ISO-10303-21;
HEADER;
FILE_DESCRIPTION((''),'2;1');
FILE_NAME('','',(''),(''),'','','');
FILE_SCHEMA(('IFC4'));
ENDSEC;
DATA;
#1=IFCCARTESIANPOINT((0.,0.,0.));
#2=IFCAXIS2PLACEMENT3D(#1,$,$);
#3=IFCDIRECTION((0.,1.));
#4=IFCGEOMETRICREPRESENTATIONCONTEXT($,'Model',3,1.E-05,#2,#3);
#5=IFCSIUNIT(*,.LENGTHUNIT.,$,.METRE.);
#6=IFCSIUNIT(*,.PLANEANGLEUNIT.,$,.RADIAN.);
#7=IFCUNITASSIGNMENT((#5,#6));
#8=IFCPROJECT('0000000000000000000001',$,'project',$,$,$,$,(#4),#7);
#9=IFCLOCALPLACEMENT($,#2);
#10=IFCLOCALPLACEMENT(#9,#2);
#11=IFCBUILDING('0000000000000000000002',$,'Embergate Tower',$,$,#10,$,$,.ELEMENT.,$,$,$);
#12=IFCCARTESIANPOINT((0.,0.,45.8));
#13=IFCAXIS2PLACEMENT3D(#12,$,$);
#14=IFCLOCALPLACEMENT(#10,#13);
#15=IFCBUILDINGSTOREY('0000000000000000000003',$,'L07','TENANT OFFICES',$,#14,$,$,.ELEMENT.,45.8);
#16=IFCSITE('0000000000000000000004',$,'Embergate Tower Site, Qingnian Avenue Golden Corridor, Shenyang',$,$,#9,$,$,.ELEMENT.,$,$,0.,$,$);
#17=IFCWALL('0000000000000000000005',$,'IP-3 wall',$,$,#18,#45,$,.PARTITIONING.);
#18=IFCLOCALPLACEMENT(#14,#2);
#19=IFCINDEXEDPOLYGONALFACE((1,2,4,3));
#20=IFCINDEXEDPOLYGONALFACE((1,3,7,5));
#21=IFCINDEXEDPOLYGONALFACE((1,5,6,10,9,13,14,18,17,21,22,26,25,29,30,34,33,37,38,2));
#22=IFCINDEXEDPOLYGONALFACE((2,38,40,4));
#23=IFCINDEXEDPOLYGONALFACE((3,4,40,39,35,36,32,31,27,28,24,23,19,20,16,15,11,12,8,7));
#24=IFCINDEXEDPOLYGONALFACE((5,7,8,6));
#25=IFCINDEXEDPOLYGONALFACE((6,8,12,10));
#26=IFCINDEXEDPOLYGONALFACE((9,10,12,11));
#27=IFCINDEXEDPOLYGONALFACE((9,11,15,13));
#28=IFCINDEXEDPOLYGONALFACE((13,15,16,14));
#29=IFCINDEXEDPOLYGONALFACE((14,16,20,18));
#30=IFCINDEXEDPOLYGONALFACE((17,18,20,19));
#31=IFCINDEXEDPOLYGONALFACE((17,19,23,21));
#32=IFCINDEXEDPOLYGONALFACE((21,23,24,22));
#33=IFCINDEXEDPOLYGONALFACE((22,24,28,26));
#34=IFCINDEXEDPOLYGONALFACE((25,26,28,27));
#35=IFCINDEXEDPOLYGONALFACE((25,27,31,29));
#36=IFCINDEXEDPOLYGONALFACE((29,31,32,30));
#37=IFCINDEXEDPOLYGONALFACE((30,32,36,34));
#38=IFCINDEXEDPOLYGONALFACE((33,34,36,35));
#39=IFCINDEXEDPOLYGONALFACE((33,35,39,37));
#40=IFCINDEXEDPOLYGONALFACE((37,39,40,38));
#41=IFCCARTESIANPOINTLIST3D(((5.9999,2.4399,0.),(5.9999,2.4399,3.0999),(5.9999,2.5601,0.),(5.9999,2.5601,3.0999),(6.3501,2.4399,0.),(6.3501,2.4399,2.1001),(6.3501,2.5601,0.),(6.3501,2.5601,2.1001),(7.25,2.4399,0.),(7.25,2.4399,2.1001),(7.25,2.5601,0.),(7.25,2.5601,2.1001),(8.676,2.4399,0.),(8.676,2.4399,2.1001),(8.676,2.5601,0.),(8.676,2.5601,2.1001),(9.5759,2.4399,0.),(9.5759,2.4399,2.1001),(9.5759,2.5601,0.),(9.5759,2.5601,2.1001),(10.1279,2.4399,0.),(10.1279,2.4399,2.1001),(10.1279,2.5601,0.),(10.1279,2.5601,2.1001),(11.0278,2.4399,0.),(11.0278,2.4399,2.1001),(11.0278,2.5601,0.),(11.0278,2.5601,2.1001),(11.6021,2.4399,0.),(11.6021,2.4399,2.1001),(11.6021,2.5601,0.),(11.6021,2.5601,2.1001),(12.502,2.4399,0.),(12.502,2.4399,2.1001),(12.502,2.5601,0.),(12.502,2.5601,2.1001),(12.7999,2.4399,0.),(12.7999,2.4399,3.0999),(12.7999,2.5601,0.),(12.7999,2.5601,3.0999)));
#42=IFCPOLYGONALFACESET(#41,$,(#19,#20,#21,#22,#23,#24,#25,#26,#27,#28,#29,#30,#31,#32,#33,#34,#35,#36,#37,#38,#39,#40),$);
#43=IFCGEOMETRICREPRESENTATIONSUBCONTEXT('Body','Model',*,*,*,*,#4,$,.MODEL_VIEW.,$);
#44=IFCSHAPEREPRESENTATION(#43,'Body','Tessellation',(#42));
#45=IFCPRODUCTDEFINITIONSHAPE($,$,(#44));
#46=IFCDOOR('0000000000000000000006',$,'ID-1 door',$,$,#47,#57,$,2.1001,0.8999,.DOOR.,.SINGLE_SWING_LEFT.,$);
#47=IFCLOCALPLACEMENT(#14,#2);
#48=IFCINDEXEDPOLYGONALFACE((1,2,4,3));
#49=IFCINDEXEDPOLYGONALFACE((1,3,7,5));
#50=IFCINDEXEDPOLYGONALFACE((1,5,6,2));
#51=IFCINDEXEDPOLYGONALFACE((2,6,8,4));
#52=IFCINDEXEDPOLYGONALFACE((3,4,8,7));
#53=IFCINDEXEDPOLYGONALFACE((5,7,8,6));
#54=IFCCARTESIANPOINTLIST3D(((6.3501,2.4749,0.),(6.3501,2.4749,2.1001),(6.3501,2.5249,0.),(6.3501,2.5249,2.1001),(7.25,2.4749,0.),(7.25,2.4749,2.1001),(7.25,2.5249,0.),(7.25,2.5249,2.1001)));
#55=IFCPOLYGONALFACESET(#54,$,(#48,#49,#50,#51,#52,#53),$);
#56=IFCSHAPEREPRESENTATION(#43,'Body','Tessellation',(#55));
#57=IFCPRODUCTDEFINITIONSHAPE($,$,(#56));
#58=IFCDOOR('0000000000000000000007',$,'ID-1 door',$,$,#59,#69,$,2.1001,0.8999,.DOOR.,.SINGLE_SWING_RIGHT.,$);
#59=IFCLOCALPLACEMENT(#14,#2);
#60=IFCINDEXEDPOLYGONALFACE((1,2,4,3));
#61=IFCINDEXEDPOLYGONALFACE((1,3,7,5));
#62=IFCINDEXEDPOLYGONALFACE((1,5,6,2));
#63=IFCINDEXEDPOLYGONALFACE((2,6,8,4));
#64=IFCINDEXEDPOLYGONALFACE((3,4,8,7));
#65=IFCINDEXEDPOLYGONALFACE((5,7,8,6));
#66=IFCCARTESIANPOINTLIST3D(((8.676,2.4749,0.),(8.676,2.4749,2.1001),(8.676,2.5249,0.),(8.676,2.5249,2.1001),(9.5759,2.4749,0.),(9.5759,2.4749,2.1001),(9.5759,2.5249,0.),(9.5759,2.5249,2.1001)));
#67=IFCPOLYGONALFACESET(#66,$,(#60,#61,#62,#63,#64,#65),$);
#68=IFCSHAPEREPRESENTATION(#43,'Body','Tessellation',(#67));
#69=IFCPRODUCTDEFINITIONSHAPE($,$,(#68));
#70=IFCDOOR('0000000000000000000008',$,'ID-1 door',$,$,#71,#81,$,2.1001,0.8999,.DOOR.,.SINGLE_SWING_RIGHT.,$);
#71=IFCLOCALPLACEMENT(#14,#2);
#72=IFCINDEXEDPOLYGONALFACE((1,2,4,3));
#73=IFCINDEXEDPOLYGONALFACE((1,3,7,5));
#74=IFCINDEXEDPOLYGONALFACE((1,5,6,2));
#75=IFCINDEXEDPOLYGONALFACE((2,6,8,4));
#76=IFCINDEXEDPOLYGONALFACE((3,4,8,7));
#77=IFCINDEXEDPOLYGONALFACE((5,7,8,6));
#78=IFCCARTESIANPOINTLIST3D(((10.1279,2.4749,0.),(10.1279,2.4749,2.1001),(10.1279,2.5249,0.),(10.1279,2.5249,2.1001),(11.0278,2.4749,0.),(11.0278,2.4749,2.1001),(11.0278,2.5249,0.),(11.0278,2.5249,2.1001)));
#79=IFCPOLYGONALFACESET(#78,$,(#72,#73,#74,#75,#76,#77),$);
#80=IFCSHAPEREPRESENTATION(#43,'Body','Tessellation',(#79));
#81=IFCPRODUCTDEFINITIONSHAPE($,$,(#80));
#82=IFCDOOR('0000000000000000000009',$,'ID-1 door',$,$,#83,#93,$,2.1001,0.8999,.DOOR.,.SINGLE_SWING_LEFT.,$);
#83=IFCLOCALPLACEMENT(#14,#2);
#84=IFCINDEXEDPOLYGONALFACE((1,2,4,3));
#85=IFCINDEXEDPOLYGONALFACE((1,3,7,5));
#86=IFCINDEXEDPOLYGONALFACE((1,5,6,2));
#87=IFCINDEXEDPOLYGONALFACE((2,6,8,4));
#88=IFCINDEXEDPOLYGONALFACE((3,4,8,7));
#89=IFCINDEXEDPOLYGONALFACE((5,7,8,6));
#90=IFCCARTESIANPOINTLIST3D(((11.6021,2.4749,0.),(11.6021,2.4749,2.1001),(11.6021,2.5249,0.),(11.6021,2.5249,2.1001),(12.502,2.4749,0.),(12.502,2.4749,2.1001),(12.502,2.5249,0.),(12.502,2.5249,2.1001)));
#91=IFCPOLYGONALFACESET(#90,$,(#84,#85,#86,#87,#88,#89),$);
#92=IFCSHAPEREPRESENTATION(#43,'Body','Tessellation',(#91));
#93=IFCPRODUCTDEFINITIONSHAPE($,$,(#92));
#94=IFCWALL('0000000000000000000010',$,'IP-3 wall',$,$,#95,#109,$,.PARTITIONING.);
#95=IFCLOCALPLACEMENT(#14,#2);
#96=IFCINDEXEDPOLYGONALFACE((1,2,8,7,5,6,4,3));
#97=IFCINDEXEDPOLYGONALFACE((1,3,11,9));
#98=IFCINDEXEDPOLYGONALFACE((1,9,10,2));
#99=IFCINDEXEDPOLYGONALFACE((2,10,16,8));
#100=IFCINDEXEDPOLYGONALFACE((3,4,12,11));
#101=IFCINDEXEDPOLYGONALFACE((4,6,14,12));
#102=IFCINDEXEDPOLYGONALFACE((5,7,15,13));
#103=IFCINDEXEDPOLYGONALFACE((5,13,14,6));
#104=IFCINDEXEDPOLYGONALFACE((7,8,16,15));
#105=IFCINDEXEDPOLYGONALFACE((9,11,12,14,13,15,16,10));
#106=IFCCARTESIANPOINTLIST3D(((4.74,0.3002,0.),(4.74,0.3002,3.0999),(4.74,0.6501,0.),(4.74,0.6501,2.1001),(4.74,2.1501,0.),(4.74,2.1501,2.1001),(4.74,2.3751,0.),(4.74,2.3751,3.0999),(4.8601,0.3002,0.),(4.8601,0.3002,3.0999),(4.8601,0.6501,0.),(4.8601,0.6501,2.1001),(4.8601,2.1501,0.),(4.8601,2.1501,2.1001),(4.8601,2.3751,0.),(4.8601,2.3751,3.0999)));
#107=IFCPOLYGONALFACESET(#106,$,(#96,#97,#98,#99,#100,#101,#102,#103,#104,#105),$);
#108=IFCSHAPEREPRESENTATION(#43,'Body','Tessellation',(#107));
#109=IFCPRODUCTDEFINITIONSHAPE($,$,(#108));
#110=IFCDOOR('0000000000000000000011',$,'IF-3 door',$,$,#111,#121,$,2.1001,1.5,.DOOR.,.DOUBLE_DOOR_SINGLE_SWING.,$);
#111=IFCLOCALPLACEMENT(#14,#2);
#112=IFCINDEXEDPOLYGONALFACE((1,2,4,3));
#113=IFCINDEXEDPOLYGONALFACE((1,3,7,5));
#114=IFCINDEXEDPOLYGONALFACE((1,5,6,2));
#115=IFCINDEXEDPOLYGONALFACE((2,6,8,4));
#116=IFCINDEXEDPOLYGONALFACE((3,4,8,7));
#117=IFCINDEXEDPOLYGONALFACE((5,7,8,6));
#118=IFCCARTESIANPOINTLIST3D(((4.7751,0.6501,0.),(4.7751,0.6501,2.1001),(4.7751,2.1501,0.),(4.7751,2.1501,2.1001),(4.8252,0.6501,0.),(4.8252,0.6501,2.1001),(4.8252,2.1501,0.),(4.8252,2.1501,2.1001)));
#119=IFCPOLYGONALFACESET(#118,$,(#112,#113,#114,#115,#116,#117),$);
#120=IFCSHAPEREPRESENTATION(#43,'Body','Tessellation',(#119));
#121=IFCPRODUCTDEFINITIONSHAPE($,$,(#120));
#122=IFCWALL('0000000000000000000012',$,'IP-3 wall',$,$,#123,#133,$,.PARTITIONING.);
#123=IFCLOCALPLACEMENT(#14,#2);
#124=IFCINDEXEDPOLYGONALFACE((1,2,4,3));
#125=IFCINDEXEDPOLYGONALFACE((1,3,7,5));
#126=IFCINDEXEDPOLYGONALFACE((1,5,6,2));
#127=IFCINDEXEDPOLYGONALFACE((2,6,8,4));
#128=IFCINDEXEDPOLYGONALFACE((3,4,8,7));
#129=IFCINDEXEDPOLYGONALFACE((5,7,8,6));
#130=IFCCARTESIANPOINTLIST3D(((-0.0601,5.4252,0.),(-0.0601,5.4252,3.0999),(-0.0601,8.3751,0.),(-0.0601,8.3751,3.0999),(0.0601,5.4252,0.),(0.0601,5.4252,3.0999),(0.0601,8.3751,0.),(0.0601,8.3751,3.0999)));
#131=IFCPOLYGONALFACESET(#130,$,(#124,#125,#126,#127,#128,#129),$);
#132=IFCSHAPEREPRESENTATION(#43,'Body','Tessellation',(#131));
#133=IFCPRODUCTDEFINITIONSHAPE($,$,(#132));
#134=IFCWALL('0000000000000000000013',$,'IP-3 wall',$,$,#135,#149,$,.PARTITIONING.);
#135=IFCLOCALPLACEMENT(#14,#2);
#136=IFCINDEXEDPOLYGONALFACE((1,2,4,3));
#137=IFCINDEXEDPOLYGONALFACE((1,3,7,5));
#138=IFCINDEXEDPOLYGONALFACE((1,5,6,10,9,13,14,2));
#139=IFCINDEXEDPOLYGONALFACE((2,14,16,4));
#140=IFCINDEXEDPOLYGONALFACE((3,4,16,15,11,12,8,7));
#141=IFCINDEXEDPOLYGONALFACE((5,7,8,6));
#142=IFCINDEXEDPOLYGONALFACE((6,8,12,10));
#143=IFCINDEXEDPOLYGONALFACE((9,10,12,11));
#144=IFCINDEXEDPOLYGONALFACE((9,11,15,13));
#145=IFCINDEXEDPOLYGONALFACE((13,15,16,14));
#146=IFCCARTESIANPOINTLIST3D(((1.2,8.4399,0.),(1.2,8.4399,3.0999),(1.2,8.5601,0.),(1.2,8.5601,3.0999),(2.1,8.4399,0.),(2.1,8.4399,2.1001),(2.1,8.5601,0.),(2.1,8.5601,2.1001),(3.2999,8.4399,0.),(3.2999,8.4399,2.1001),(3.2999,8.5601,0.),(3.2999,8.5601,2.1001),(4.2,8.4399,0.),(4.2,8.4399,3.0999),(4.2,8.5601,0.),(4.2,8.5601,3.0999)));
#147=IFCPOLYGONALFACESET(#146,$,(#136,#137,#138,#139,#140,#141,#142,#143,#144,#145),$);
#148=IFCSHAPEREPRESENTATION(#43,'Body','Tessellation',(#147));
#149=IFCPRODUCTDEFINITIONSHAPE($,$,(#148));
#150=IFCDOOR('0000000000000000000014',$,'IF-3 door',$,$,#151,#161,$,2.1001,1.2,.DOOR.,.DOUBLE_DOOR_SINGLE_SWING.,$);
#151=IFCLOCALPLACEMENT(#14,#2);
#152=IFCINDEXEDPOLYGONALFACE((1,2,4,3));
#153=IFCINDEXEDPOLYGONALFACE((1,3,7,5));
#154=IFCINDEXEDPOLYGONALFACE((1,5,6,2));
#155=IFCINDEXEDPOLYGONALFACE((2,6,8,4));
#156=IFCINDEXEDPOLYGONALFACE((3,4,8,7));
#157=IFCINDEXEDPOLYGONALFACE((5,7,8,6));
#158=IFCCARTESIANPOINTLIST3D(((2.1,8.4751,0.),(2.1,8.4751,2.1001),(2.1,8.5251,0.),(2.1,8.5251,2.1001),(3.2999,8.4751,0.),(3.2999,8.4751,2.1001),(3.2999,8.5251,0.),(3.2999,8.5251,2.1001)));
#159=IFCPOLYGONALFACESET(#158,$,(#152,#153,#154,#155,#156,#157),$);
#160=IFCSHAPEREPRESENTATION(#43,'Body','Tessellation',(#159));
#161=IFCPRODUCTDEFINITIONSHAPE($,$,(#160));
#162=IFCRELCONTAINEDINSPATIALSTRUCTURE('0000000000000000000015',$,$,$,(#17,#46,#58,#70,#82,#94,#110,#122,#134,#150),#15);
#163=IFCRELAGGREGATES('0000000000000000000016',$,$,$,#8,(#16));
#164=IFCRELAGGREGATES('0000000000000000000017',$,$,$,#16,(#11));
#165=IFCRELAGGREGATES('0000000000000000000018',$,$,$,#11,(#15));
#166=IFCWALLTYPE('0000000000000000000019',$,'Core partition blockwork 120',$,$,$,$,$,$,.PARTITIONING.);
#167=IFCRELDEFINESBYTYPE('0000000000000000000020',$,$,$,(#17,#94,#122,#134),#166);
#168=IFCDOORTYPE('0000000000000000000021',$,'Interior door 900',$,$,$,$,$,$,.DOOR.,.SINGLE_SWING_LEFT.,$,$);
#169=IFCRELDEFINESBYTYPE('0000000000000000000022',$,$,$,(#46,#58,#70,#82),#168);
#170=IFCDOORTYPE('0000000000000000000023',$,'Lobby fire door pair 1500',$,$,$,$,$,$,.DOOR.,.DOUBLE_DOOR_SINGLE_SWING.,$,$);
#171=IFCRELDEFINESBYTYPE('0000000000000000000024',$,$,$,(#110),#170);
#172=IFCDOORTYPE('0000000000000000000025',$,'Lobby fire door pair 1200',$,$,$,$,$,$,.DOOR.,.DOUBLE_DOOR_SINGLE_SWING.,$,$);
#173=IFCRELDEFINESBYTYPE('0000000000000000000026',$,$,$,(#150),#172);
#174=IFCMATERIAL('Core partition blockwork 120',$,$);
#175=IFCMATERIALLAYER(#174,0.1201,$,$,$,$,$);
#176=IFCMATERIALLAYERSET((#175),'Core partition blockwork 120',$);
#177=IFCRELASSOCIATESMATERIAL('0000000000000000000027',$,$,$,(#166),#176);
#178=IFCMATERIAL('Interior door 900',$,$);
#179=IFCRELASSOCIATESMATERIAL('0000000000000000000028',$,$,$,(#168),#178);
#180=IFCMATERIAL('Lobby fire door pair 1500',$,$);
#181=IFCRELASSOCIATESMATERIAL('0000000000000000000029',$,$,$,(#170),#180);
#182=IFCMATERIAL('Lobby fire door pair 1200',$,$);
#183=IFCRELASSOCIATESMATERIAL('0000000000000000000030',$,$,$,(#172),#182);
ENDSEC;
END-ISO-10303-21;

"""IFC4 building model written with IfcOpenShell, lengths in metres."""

from ifc_helpers import new_model, si_unit, direction, frame, frame_2d, origin, place, context, subcontext, project, spatial, rectangle, extrude, source, transform, mapped, material, layer, layer_set, type_object, element, fill, save


model = new_model("IFC4")

# Units and contexts
model_context = context("Model", 3, precision=1e-05, world=origin(), true_north=direction((0.0, 1.0)))
body_context = subcontext(model_context, "Body", "Model", "MODEL_VIEW")
ifc_project = project(units=[si_unit("LENGTHUNIT", "METRE"), si_unit("PLANEANGLEUNIT", "RADIAN")], contexts=[model_context])

# Site, building, storey
site_placement = place(None, origin())
site = spatial("IfcSite", under=ifc_project, at=site_placement, Name="Embergate Tower Site, Qingnian Avenue Golden Corridor, Shenyang", CompositionType="ELEMENT", RefElevation=0.0)
building_placement = place(site_placement, origin())
building = spatial("IfcBuilding", under=site, at=building_placement, Name="Embergate Tower", CompositionType="ELEMENT")
storey_placement = place(building_placement, frame((0.0, 0.0, 45.8)))
storey = spatial("IfcBuildingStorey", under=building, at=storey_placement, Name="L07", Description="TENANT OFFICES", CompositionType="ELEMENT", Elevation=45.8)

# Shared definitions
shared_shape_1 = source(origin(), body_context, "Body", "SweptSolid", [
    extrude(rectangle(XDim=1.2, YDim=2.1001, at=frame_2d((0.6001, 1.05))), frame((0.0, 0.0249, 0.0), z_axis=(0.0, -1.0, 0.0), x_axis=(1.0, 0.0, 0.0)), (0.0, 0.0, 1.0), 0.05),
])

# Wall, openings, doors
ifc_material_1 = material(Name="Core partition blockwork 120")
ifc_layer_1 = layer(ifc_material_1, 0.1201)
ifc_layer_set_1 = layer_set([ifc_layer_1], Name="Core partition blockwork 120")
wall_type_1 = type_object("IfcWallType", Name="Core partition blockwork 120", PredefinedType="PARTITIONING", material=ifc_layer_set_1)
shared_shape_2 = source(origin(), body_context, "Body", "SweptSolid", [
    extrude(rectangle(XDim=6.8, YDim=0.1201, at=frame_2d((3.3999, 0.0))), origin(), (0.0, 0.0, 1.0), 3.0999),
])
wall_1_placement = place(storey_placement, frame((6.0, 2.5, 0.0), z_axis=(0.0, 0.0, 1.0), x_axis=(1.0, 0.0, 0.0)))
wall_1 = element("IfcWall", 1, at=wall_1_placement, inside=storey, type_object=wall_type_1, Name="IP-3 wall", PredefinedType="PARTITIONING", context=body_context, shape_type="MappedRepresentation", body=[
    mapped(shared_shape_2, transform((0.0, 0.0, 0.0))),
])
shared_shape_3 = source(origin(), body_context, "Body", "SweptSolid", [
    extrude(rectangle(XDim=0.8999, YDim=2.1001, at=frame_2d((0.45, 1.05))), frame((0.0, 0.0701, 0.0), z_axis=(0.0, -1.0, 0.0), x_axis=(1.0, 0.0, 0.0)), (0.0, 0.0, 1.0), 0.1401),
])
opening_1_placement = place(wall_1_placement, frame((0.3501, 0.0, 0.0)))
opening_1 = element("IfcOpeningElement", 2, at=opening_1_placement, cuts=wall_1, PredefinedType="OPENING", context=body_context, shape_type="MappedRepresentation", body=[
    mapped(shared_shape_3, transform((0.0, 0.0, 0.0))),
])
opening_2_placement = place(wall_1_placement, frame((2.676, 0.0, 0.0)))
opening_2 = element("IfcOpeningElement", 3, at=opening_2_placement, cuts=wall_1, PredefinedType="OPENING", context=body_context, shape_type="MappedRepresentation", body=[
    mapped(shared_shape_3, transform((0.0, 0.0, 0.0))),
])
opening_3_placement = place(wall_1_placement, frame((4.1279, 0.0, 0.0)))
opening_3 = element("IfcOpeningElement", 4, at=opening_3_placement, cuts=wall_1, PredefinedType="OPENING", context=body_context, shape_type="MappedRepresentation", body=[
    mapped(shared_shape_3, transform((0.0, 0.0, 0.0))),
])
opening_4_placement = place(wall_1_placement, frame((5.6021, 0.0, 0.0)))
opening_4 = element("IfcOpeningElement", 5, at=opening_4_placement, cuts=wall_1, PredefinedType="OPENING", context=body_context, shape_type="MappedRepresentation", body=[
    mapped(shared_shape_3, transform((0.0, 0.0, 0.0))),
])
ifc_material_2 = material(Name="Interior door 900")
door_type_1 = type_object("IfcDoorType", Name="Interior door 900", OperationType="SINGLE_SWING_LEFT", PredefinedType="DOOR", material=ifc_material_2)
shared_shape_4 = source(origin(), body_context, "Body", "SweptSolid", [
    extrude(rectangle(XDim=0.8999, YDim=2.1001, at=frame_2d((0.45, 1.05))), frame((0.0, 0.0249, 0.0), z_axis=(0.0, -1.0, 0.0), x_axis=(1.0, 0.0, 0.0)), (0.0, 0.0, 1.0), 0.05),
])
door_1_placement = place(opening_1_placement, origin())
door_1 = element("IfcDoor", 6, at=door_1_placement, inside=storey, type_object=door_type_1, Name="ID-1 door", OperationType="SINGLE_SWING_LEFT", OverallHeight=2.1001, OverallWidth=0.8999, PredefinedType="DOOR", context=body_context, shape_type="MappedRepresentation", body=[
    mapped(shared_shape_4, transform((0.0, 0.0, 0.0))),
])
fill(opening_1, door_1)
door_2_placement = place(opening_2_placement, origin())
door_2 = element("IfcDoor", 7, at=door_2_placement, inside=storey, type_object=door_type_1, Name="ID-1 door", OperationType="SINGLE_SWING_RIGHT", OverallHeight=2.1001, OverallWidth=0.8999, PredefinedType="DOOR", context=body_context, shape_type="MappedRepresentation", body=[
    mapped(shared_shape_4, transform((0.0, 0.0, 0.0))),
])
fill(opening_2, door_2)
door_3_placement = place(opening_3_placement, origin())
door_3 = element("IfcDoor", 8, at=door_3_placement, inside=storey, type_object=door_type_1, Name="ID-1 door", OperationType="SINGLE_SWING_RIGHT", OverallHeight=2.1001, OverallWidth=0.8999, PredefinedType="DOOR", context=body_context, shape_type="MappedRepresentation", body=[
    mapped(shared_shape_4, transform((0.0, 0.0, 0.0))),
])
fill(opening_3, door_3)
door_4_placement = place(opening_4_placement, origin())
door_4 = element("IfcDoor", 9, at=door_4_placement, inside=storey, type_object=door_type_1, Name="ID-1 door", OperationType="SINGLE_SWING_LEFT", OverallHeight=2.1001, OverallWidth=0.8999, PredefinedType="DOOR", context=body_context, shape_type="MappedRepresentation", body=[
    mapped(shared_shape_4, transform((0.0, 0.0, 0.0))),
])
fill(opening_4, door_4)

# Wall, opening, door
shared_shape_5 = source(origin(), body_context, "Body", "SweptSolid", [
    extrude(rectangle(XDim=2.075, YDim=0.1201, at=frame_2d((1.0376, 0.0))), origin(), (0.0, 0.0, 1.0), 3.0999),
])
wall_2_placement = place(storey_placement, frame((4.8, 0.3, 0.0), z_axis=(0.0, 0.0, 1.0), x_axis=(0.0, 1.0, 0.0)))
wall_2 = element("IfcWall", 10, at=wall_2_placement, inside=storey, type_object=wall_type_1, Name="IP-3 wall", PredefinedType="PARTITIONING", context=body_context, shape_type="MappedRepresentation", body=[
    mapped(shared_shape_5, transform((0.0, 0.0, 0.0))),
])
shared_shape_6 = source(origin(), body_context, "Body", "SweptSolid", [
    extrude(rectangle(XDim=1.5, YDim=2.1001, at=frame_2d((0.75, 1.05))), frame((0.0, 0.0701, 0.0), z_axis=(0.0, -1.0, 0.0), x_axis=(1.0, 0.0, 0.0)), (0.0, 0.0, 1.0), 0.1401),
])
opening_5_placement = place(wall_2_placement, frame((0.3501, 0.0, 0.0)))
opening_5 = element("IfcOpeningElement", 11, at=opening_5_placement, cuts=wall_2, PredefinedType="OPENING", context=body_context, shape_type="MappedRepresentation", body=[
    mapped(shared_shape_6, transform((0.0, 0.0, 0.0))),
])
ifc_material_3 = material(Name="Lobby fire door pair 1500")
door_type_2 = type_object("IfcDoorType", Name="Lobby fire door pair 1500", OperationType="DOUBLE_DOOR_SINGLE_SWING", PredefinedType="DOOR", material=ifc_material_3)
shared_shape_7 = source(origin(), body_context, "Body", "SweptSolid", [
    extrude(rectangle(XDim=1.5, YDim=2.1001, at=frame_2d((0.75, 1.05))), frame((0.0, 0.0249, 0.0), z_axis=(0.0, -1.0, 0.0), x_axis=(1.0, 0.0, 0.0)), (0.0, 0.0, 1.0), 0.05),
])
door_5_placement = place(opening_5_placement, origin())
door_5 = element("IfcDoor", 12, at=door_5_placement, inside=storey, type_object=door_type_2, Name="IF-3 door", OperationType="DOUBLE_DOOR_SINGLE_SWING", OverallHeight=2.1001, OverallWidth=1.5, PredefinedType="DOOR", context=body_context, shape_type="MappedRepresentation", body=[
    mapped(shared_shape_7, transform((0.0, 0.0, 0.0))),
])
fill(opening_5, door_5)

# Wall
shared_shape_8 = source(origin(), body_context, "Body", "SweptSolid", [
    extrude(rectangle(XDim=2.95, YDim=0.1201, at=frame_2d((1.4751, 0.0))), origin(), (0.0, 0.0, 1.0), 3.0999),
])
wall_3_placement = place(storey_placement, frame((0.0, 5.425, 0.0), z_axis=(0.0, 0.0, 1.0), x_axis=(0.0, 1.0, 0.0)))
element("IfcWall", 13, at=wall_3_placement, inside=storey, type_object=wall_type_1, Name="IP-3 wall", PredefinedType="PARTITIONING", context=body_context, shape_type="MappedRepresentation", body=[
    mapped(shared_shape_8, transform((0.0, 0.0, 0.0))),
])

# Wall, opening, door
shared_shape_9 = source(origin(), body_context, "Body", "SweptSolid", [
    extrude(rectangle(XDim=3.0, YDim=0.1201, at=frame_2d((1.5, 0.0))), origin(), (0.0, 0.0, 1.0), 3.0999),
])
wall_4_placement = place(storey_placement, frame((4.2, 8.5, 0.0), z_axis=(0.0, 0.0, 1.0), x_axis=(-1.0, 0.0, 0.0)))
wall_4 = element("IfcWall", 14, at=wall_4_placement, inside=storey, type_object=wall_type_1, Name="IP-3 wall", PredefinedType="PARTITIONING", context=body_context, shape_type="MappedRepresentation", body=[
    mapped(shared_shape_9, transform((0.0, 0.0, 0.0))),
])
shared_shape_10 = source(origin(), body_context, "Body", "SweptSolid", [
    extrude(rectangle(XDim=1.2, YDim=2.1001, at=frame_2d((0.6001, 1.05))), frame((0.0, 0.0701, 0.0), z_axis=(0.0, -1.0, 0.0), x_axis=(1.0, 0.0, 0.0)), (0.0, 0.0, 1.0), 0.1401),
])
opening_6_placement = place(wall_4_placement, frame((0.8999, 0.0, 0.0)))
opening_6 = element("IfcOpeningElement", 15, at=opening_6_placement, cuts=wall_4, PredefinedType="OPENING", context=body_context, shape_type="MappedRepresentation", body=[
    mapped(shared_shape_10, transform((0.0, 0.0, 0.0))),
])
ifc_material_4 = material(Name="Lobby fire door pair 1200")
door_type_3 = type_object("IfcDoorType", Name="Lobby fire door pair 1200", OperationType="DOUBLE_DOOR_SINGLE_SWING", PredefinedType="DOOR", material=ifc_material_4)
door_6_placement = place(opening_6_placement, origin())
door_6 = element("IfcDoor", 16, at=door_6_placement, inside=storey, type_object=door_type_3, Name="IF-3 door", OperationType="DOUBLE_DOOR_SINGLE_SWING", OverallHeight=2.1001, OverallWidth=1.2, PredefinedType="DOOR", context=body_context, shape_type="MappedRepresentation", body=[
    mapped(shared_shape_1, transform((0.0, 0.0, 0.0))),
])
fill(opening_6, door_6)

save(model, "model.ifc")
